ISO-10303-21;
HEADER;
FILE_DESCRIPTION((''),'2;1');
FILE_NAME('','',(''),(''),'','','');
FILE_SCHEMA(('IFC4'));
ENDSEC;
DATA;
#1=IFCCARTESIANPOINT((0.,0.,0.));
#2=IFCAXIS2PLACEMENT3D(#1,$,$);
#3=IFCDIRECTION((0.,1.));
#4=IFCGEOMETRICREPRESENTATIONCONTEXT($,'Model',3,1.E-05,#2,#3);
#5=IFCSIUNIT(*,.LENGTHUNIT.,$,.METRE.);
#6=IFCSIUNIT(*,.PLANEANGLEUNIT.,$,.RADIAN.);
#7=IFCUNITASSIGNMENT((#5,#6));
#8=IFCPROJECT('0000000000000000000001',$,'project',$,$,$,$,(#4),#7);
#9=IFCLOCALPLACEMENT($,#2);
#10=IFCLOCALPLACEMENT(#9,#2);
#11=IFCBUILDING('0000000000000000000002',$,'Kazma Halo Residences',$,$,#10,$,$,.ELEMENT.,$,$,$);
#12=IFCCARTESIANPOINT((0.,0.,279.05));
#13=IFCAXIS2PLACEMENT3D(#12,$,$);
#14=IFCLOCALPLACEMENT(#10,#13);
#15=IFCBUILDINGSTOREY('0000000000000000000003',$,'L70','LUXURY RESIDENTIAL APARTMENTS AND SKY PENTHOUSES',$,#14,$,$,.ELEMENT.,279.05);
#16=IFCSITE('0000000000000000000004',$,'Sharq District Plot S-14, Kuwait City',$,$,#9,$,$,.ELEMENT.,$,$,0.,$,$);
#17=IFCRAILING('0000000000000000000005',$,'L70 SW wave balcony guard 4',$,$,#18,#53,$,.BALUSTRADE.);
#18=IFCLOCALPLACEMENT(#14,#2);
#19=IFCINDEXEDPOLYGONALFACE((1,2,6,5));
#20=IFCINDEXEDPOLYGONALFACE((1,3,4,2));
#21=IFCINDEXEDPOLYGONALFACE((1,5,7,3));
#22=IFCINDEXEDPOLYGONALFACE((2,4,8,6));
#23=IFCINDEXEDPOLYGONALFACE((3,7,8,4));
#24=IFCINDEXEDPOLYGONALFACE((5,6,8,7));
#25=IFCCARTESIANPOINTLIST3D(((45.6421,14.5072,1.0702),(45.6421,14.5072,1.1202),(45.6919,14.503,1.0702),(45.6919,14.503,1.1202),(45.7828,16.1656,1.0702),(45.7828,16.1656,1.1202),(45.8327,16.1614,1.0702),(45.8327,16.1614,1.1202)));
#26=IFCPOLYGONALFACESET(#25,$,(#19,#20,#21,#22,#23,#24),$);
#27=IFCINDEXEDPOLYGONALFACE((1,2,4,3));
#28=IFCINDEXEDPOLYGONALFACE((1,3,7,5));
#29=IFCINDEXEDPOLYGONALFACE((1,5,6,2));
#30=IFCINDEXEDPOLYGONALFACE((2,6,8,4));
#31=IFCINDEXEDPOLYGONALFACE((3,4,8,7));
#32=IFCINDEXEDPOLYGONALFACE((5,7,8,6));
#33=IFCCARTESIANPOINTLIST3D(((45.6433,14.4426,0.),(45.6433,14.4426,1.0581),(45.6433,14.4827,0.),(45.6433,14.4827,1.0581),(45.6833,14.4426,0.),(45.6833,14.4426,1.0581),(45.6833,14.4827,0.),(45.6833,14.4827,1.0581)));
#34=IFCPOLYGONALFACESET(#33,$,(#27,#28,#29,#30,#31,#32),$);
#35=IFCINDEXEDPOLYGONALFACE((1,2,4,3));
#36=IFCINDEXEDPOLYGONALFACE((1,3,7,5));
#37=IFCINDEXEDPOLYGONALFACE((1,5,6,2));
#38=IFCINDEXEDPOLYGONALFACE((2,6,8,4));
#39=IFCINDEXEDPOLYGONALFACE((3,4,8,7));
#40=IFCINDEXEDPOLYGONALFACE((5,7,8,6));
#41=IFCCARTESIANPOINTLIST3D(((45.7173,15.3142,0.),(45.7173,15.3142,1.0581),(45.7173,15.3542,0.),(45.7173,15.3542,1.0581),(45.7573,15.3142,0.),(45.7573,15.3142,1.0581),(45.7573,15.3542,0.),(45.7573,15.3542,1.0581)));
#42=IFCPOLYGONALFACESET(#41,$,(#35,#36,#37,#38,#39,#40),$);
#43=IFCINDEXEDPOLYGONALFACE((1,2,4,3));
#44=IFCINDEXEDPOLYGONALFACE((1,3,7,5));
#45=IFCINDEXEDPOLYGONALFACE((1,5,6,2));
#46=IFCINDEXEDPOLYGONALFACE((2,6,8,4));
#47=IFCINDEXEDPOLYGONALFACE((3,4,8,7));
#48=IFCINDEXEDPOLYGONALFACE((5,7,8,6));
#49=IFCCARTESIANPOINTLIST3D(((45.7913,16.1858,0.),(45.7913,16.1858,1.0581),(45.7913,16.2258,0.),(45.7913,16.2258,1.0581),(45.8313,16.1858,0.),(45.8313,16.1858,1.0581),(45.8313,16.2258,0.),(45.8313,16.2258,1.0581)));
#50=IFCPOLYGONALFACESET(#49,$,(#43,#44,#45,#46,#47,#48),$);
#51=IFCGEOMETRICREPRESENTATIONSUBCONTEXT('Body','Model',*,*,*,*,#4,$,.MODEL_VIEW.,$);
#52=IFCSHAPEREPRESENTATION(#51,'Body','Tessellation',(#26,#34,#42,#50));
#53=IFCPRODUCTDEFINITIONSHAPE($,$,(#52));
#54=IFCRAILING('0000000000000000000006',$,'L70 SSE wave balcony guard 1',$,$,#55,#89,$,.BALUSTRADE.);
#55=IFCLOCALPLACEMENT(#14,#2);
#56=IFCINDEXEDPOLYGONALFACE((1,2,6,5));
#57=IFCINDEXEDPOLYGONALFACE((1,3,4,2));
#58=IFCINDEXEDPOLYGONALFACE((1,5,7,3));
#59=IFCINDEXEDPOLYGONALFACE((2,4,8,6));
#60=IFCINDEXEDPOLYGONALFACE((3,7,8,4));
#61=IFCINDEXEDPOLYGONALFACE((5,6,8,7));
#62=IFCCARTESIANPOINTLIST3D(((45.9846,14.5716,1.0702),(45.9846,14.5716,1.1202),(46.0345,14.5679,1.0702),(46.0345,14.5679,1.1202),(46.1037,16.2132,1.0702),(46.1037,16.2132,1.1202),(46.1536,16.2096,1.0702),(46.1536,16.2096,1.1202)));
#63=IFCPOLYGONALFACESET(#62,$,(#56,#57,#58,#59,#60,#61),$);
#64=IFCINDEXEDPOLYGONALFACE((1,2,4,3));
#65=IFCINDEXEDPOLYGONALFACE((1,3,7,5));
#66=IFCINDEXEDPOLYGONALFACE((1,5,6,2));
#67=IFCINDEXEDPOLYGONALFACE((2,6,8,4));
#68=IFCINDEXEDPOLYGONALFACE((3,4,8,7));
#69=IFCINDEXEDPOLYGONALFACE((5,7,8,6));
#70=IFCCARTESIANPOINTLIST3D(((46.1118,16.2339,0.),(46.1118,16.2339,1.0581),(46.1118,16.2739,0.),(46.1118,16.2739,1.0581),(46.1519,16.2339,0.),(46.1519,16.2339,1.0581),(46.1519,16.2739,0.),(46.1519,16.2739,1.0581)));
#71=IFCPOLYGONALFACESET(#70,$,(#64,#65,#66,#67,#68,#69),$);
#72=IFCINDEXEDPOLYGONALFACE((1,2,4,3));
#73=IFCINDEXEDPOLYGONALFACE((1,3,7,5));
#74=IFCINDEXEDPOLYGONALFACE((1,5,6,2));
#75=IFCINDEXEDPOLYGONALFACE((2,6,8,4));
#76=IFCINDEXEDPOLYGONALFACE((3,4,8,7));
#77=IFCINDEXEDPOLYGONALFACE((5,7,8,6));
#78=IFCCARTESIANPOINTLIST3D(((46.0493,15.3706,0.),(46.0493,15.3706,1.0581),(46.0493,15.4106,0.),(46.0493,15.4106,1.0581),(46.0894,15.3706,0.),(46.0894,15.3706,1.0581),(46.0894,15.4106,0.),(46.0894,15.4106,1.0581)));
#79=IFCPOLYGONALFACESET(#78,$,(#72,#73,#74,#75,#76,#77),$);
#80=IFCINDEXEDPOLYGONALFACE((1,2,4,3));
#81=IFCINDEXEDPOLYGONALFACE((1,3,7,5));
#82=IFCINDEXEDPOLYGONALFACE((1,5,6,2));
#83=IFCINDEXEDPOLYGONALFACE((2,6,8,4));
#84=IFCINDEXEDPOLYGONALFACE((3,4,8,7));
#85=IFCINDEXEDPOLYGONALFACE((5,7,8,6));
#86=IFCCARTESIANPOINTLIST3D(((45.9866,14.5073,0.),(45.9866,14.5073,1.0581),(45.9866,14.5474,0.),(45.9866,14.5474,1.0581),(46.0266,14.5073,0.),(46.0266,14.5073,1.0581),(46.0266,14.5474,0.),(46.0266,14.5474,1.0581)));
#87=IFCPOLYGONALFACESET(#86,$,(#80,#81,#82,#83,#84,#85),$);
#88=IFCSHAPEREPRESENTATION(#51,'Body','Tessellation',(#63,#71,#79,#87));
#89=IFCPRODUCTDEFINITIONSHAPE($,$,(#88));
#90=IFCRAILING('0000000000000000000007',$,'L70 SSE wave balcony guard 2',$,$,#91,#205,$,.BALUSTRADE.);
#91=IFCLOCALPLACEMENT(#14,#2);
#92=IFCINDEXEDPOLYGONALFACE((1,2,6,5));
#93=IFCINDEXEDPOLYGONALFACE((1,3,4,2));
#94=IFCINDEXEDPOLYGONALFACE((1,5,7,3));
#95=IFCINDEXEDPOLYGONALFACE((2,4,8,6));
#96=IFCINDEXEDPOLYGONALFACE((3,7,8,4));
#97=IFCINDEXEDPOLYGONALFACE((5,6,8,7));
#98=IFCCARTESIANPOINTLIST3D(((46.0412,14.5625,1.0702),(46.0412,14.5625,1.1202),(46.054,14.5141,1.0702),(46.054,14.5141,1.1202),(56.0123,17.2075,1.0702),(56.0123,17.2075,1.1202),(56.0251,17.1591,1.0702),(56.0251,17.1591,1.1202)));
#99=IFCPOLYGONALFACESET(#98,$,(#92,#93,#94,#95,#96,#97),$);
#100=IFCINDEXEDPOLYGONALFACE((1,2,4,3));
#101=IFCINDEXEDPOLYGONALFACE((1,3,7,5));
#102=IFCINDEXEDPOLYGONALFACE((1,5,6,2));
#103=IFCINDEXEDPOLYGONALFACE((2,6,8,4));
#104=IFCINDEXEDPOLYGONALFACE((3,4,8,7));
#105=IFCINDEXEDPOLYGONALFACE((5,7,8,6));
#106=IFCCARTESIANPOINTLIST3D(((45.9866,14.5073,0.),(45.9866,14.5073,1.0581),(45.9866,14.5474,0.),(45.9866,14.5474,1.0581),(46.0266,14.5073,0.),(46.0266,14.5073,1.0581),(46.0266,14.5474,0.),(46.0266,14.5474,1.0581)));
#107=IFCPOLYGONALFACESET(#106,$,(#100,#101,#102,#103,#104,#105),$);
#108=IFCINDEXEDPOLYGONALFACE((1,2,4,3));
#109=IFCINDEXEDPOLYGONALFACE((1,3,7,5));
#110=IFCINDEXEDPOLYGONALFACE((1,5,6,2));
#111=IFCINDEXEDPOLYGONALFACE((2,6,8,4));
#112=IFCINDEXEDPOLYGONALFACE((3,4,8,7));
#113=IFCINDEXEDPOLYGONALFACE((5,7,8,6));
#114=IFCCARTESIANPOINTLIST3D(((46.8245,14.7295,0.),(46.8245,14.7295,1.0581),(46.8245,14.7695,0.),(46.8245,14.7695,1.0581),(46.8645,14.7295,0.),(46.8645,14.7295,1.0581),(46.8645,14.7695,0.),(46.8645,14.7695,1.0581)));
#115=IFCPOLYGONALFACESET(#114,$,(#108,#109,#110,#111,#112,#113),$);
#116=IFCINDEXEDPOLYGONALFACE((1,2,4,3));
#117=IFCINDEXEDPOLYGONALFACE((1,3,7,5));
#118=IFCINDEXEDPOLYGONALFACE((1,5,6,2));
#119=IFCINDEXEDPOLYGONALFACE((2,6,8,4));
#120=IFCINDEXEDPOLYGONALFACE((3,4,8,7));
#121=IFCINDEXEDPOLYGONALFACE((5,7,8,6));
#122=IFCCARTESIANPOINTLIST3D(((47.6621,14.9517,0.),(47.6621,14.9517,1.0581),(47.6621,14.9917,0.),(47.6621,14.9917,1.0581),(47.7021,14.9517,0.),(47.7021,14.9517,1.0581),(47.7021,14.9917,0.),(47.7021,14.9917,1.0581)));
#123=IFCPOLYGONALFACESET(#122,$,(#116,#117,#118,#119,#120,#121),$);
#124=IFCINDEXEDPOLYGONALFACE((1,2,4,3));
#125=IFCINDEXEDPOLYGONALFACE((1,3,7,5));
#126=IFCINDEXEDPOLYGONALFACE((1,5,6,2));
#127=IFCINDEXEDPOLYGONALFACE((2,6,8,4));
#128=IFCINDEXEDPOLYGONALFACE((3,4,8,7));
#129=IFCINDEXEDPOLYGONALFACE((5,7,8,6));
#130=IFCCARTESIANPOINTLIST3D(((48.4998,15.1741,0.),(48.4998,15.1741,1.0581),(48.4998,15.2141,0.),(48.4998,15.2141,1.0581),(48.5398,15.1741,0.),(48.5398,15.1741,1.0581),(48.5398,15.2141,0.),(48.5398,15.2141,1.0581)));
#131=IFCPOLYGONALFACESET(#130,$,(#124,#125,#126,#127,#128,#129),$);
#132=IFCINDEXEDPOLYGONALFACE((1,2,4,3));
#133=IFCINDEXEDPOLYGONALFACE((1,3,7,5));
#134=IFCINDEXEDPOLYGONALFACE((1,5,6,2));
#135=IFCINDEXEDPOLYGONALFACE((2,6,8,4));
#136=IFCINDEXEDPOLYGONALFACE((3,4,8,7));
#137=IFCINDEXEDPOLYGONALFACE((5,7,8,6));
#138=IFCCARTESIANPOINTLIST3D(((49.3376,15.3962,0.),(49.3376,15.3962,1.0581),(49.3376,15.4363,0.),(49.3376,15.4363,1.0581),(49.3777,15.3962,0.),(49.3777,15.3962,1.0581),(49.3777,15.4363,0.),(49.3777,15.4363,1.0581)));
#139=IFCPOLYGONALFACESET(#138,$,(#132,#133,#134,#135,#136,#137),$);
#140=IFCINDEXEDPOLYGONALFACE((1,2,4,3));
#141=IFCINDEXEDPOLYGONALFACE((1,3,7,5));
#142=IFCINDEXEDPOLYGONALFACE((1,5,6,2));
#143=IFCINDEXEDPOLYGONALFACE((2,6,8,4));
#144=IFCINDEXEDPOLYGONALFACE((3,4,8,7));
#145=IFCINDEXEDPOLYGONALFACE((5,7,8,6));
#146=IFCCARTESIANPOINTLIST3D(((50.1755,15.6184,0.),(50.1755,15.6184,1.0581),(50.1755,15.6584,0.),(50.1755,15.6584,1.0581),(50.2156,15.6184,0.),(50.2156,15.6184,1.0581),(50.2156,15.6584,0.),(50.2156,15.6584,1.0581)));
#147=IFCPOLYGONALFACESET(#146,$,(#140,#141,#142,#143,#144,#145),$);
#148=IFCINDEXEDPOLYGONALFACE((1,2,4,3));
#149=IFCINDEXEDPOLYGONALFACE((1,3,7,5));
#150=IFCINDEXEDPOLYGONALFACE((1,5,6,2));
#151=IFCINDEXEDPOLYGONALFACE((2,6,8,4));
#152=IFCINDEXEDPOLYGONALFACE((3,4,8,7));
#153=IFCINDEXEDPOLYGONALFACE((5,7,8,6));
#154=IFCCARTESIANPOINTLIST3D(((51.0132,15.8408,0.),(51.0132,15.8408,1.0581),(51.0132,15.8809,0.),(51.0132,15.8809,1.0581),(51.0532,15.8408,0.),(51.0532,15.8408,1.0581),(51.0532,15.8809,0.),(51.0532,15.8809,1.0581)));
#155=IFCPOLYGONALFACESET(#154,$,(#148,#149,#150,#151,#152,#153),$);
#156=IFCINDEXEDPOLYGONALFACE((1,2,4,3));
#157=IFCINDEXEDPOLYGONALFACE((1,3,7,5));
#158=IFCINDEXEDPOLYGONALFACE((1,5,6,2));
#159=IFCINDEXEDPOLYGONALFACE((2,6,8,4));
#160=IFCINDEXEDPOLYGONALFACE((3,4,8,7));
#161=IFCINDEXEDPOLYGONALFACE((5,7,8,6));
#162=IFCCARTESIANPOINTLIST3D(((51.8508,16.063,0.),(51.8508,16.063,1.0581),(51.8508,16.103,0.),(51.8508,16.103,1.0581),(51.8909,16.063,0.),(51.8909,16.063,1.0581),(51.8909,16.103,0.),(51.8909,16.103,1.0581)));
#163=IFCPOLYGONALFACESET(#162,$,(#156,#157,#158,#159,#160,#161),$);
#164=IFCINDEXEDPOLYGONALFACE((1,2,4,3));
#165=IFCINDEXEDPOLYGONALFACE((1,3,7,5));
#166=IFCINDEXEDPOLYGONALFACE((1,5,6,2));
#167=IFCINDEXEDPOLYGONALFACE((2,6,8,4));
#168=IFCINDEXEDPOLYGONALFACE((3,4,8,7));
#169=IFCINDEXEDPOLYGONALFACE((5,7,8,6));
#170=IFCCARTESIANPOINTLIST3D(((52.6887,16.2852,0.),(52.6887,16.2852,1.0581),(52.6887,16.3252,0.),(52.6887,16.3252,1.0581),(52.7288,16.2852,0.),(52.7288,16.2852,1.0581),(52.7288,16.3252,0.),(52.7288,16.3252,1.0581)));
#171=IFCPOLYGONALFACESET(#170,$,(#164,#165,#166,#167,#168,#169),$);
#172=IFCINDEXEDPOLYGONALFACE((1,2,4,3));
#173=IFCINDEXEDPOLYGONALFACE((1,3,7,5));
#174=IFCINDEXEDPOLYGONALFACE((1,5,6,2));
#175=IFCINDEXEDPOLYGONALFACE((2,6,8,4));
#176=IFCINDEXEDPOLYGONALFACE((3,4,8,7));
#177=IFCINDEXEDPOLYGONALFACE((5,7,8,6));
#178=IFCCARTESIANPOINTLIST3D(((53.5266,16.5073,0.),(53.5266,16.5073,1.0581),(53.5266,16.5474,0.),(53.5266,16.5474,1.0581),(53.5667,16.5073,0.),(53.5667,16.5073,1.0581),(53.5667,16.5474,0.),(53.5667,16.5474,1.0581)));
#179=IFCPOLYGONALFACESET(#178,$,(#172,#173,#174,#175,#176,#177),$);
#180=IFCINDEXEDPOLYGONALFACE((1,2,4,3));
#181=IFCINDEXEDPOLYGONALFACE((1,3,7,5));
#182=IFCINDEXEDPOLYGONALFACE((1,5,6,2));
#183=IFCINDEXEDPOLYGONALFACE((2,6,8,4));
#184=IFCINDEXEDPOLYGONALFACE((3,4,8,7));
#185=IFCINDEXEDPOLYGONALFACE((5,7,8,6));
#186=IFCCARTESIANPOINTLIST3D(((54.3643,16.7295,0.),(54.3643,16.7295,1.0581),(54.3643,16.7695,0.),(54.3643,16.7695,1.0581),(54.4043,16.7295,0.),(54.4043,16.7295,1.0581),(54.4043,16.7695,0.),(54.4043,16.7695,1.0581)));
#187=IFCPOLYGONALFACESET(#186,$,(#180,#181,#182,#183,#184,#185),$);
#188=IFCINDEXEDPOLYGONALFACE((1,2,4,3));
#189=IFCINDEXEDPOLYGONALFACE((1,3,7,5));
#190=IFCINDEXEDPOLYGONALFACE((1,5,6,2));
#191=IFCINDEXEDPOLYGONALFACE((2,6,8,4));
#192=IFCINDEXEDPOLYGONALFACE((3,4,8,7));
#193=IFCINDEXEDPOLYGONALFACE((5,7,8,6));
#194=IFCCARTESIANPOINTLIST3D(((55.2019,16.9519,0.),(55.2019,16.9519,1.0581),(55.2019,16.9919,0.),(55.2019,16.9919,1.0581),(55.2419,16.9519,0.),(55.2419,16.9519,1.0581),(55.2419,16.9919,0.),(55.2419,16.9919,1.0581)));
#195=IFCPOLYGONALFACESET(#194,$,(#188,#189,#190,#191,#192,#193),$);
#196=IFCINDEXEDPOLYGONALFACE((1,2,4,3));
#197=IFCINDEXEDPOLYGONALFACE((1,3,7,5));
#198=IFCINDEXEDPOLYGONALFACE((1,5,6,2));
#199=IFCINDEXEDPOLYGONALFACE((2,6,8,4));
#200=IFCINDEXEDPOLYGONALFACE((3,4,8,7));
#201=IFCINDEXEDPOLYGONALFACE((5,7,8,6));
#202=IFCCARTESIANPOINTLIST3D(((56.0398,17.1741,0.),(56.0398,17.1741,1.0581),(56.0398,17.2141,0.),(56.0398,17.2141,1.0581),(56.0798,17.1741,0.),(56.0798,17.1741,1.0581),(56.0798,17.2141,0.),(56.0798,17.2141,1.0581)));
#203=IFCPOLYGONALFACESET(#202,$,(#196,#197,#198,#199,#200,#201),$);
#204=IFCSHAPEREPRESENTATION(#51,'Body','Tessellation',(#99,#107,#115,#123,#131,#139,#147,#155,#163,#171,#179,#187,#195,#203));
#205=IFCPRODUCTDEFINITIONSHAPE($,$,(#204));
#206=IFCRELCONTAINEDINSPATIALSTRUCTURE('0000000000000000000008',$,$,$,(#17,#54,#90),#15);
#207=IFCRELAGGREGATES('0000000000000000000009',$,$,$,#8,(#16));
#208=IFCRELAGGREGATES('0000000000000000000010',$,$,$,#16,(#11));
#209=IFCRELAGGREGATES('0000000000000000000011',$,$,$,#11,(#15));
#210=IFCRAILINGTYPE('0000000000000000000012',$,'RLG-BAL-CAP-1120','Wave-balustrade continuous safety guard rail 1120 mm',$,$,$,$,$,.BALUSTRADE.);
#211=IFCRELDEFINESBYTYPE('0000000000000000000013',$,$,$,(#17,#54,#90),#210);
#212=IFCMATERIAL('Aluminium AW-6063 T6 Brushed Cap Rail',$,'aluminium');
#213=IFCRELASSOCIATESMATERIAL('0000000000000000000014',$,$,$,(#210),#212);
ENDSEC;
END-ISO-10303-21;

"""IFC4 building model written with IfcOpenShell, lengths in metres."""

from ifc_helpers import new_model, si_unit, direction, frame, origin, origin_2d, place, context, subcontext, project, spatial, rectangle, extrude, material, type_object, element, save


model = new_model("IFC4")

# Units and contexts
model_context = context("Model", 3, precision=1e-05, world=origin(), true_north=direction((0.0, 1.0)))
body_context = subcontext(model_context, "Body", "Model", "MODEL_VIEW")
ifc_project = project(units=[si_unit("LENGTHUNIT", "METRE"), si_unit("PLANEANGLEUNIT", "RADIAN")], contexts=[model_context])

# Site, building, storey
site_placement = place(None, origin())
site = spatial("IfcSite", under=ifc_project, at=site_placement, Name="Sharq District Plot S-14, Kuwait City", CompositionType="ELEMENT", RefElevation=0.0)
building_placement = place(site_placement, origin())
building = spatial("IfcBuilding", under=site, at=building_placement, Name="Kazma Halo Residences", CompositionType="ELEMENT")
storey_placement = place(building_placement, frame((0.0, 0.0, 279.05)))
storey = spatial("IfcBuildingStorey", under=building, at=storey_placement, Name="L70", Description="LUXURY RESIDENTIAL APARTMENTS AND SKY PENTHOUSES", CompositionType="ELEMENT", Elevation=279.05)

# Railings
ifc_material_1 = material(Name="Aluminium AW-6063 T6 Brushed Cap Rail", Category="aluminium")
railing_type = type_object("IfcRailingType", Name="RLG-BAL-CAP-1120", Description="Wave-balustrade continuous safety guard rail 1120 mm", PredefinedType="BALUSTRADE", material=ifc_material_1)
railing_1_placement = place(storey_placement, frame((45.6633, 14.4626, 0.0)))
element("IfcRailing", 1, at=railing_1_placement, inside=storey, type_object=railing_type, Name="L70 SW wave balcony guard 4", PredefinedType="BALUSTRADE", context=body_context, shape_type="SweptSolid", body=[
    extrude(rectangle(XDim=0.05, YDim=0.05, at=origin_2d()), frame((0.0037, 0.0425, 1.0952), z_axis=(0.08457, 0.996418, 0.0), x_axis=(-0.996418, 0.08457, 0.0)), (0.0, 0.0, 1.0), 1.6643),
    extrude(rectangle(XDim=0.04, YDim=0.04, at=origin_2d()), origin(), (0.0, 0.0, 1.0), 1.0581),
    extrude(rectangle(XDim=0.04, YDim=0.04, at=origin_2d()), frame((0.074, 0.8716, 0.0)), (0.0, 0.0, 1.0), 1.0581),
    extrude(rectangle(XDim=0.04, YDim=0.04, at=origin_2d()), frame((0.1479, 1.7432, 0.0)), (0.0, 0.0, 1.0), 1.0581),
])
railing_2_placement = place(storey_placement, frame((46.1318, 16.2539, 0.0)))
element("IfcRailing", 2, at=railing_2_placement, inside=storey, type_object=railing_type, Name="L70 SSE wave balcony guard 1", PredefinedType="BALUSTRADE", context=body_context, shape_type="SweptSolid", body=[
    extrude(rectangle(XDim=0.05, YDim=0.05, at=origin_2d()), frame((-0.0032, -0.0425, 1.0952), z_axis=(-0.072349, -0.997379, 0.0), x_axis=(0.997379, -0.072349, 0.0)), (0.0, 0.0, 1.0), 1.646),
    extrude(rectangle(XDim=0.04, YDim=0.04, at=origin_2d()), origin(), (0.0, 0.0, 1.0), 1.0581),
    extrude(rectangle(XDim=0.04, YDim=0.04, at=origin_2d()), frame((-0.0625, -0.8633, 0.0)), (0.0, 0.0, 1.0), 1.0581),
    extrude(rectangle(XDim=0.04, YDim=0.04, at=origin_2d()), frame((-0.1252, -1.7266, 0.0)), (0.0, 0.0, 1.0), 1.0581),
])
railing_3_placement = place(storey_placement, frame((46.0066, 14.5273, 0.0)))
element("IfcRailing", 3, at=railing_3_placement, inside=storey, type_object=railing_type, Name="L70 SSE wave balcony guard 2", PredefinedType="BALUSTRADE", context=body_context, shape_type="SweptSolid", body=[
    extrude(rectangle(XDim=0.05, YDim=0.05, at=origin_2d()), frame((0.041, 0.011, 1.0952), z_axis=(0.966572, 0.256396, 0.0), x_axis=(-0.256396, 0.966572, 0.0)), (0.0, 0.0, 1.0), 10.3159),
    extrude(rectangle(XDim=0.04, YDim=0.04, at=origin_2d()), origin(), (0.0, 0.0, 1.0), 1.0581),
    extrude(rectangle(XDim=0.04, YDim=0.04, at=origin_2d()), frame((0.8379, 0.2222, 0.0)), (0.0, 0.0, 1.0), 1.0581),
    extrude(rectangle(XDim=0.04, YDim=0.04, at=origin_2d()), frame((1.6755, 0.4443, 0.0)), (0.0, 0.0, 1.0), 1.0581),
    extrude(rectangle(XDim=0.04, YDim=0.04, at=origin_2d()), frame((2.5132, 0.6667, 0.0)), (0.0, 0.0, 1.0), 1.0581),
    extrude(rectangle(XDim=0.04, YDim=0.04, at=origin_2d()), frame((3.3511, 0.8889, 0.0)), (0.0, 0.0, 1.0), 1.0581),
    extrude(rectangle(XDim=0.04, YDim=0.04, at=origin_2d()), frame((4.189, 1.1111, 0.0)), (0.0, 0.0, 1.0), 1.0581),
    extrude(rectangle(XDim=0.04, YDim=0.04, at=origin_2d()), frame((5.0266, 1.3335, 0.0)), (0.0, 0.0, 1.0), 1.0581),
    extrude(rectangle(XDim=0.04, YDim=0.04, at=origin_2d()), frame((5.8643, 1.5557, 0.0)), (0.0, 0.0, 1.0), 1.0581),
    extrude(rectangle(XDim=0.04, YDim=0.04, at=origin_2d()), frame((6.7021, 1.7778, 0.0)), (0.0, 0.0, 1.0), 1.0581),
    extrude(rectangle(XDim=0.04, YDim=0.04, at=origin_2d()), frame((7.54, 2.0, 0.0)), (0.0, 0.0, 1.0), 1.0581),
    extrude(rectangle(XDim=0.04, YDim=0.04, at=origin_2d()), frame((8.3777, 2.2222, 0.0)), (0.0, 0.0, 1.0), 1.0581),
    extrude(rectangle(XDim=0.04, YDim=0.04, at=origin_2d()), frame((9.2153, 2.4446, 0.0)), (0.0, 0.0, 1.0), 1.0581),
    extrude(rectangle(XDim=0.04, YDim=0.04, at=origin_2d()), frame((10.0532, 2.6667, 0.0)), (0.0, 0.0, 1.0), 1.0581),
])

save(model, "model.ifc")
